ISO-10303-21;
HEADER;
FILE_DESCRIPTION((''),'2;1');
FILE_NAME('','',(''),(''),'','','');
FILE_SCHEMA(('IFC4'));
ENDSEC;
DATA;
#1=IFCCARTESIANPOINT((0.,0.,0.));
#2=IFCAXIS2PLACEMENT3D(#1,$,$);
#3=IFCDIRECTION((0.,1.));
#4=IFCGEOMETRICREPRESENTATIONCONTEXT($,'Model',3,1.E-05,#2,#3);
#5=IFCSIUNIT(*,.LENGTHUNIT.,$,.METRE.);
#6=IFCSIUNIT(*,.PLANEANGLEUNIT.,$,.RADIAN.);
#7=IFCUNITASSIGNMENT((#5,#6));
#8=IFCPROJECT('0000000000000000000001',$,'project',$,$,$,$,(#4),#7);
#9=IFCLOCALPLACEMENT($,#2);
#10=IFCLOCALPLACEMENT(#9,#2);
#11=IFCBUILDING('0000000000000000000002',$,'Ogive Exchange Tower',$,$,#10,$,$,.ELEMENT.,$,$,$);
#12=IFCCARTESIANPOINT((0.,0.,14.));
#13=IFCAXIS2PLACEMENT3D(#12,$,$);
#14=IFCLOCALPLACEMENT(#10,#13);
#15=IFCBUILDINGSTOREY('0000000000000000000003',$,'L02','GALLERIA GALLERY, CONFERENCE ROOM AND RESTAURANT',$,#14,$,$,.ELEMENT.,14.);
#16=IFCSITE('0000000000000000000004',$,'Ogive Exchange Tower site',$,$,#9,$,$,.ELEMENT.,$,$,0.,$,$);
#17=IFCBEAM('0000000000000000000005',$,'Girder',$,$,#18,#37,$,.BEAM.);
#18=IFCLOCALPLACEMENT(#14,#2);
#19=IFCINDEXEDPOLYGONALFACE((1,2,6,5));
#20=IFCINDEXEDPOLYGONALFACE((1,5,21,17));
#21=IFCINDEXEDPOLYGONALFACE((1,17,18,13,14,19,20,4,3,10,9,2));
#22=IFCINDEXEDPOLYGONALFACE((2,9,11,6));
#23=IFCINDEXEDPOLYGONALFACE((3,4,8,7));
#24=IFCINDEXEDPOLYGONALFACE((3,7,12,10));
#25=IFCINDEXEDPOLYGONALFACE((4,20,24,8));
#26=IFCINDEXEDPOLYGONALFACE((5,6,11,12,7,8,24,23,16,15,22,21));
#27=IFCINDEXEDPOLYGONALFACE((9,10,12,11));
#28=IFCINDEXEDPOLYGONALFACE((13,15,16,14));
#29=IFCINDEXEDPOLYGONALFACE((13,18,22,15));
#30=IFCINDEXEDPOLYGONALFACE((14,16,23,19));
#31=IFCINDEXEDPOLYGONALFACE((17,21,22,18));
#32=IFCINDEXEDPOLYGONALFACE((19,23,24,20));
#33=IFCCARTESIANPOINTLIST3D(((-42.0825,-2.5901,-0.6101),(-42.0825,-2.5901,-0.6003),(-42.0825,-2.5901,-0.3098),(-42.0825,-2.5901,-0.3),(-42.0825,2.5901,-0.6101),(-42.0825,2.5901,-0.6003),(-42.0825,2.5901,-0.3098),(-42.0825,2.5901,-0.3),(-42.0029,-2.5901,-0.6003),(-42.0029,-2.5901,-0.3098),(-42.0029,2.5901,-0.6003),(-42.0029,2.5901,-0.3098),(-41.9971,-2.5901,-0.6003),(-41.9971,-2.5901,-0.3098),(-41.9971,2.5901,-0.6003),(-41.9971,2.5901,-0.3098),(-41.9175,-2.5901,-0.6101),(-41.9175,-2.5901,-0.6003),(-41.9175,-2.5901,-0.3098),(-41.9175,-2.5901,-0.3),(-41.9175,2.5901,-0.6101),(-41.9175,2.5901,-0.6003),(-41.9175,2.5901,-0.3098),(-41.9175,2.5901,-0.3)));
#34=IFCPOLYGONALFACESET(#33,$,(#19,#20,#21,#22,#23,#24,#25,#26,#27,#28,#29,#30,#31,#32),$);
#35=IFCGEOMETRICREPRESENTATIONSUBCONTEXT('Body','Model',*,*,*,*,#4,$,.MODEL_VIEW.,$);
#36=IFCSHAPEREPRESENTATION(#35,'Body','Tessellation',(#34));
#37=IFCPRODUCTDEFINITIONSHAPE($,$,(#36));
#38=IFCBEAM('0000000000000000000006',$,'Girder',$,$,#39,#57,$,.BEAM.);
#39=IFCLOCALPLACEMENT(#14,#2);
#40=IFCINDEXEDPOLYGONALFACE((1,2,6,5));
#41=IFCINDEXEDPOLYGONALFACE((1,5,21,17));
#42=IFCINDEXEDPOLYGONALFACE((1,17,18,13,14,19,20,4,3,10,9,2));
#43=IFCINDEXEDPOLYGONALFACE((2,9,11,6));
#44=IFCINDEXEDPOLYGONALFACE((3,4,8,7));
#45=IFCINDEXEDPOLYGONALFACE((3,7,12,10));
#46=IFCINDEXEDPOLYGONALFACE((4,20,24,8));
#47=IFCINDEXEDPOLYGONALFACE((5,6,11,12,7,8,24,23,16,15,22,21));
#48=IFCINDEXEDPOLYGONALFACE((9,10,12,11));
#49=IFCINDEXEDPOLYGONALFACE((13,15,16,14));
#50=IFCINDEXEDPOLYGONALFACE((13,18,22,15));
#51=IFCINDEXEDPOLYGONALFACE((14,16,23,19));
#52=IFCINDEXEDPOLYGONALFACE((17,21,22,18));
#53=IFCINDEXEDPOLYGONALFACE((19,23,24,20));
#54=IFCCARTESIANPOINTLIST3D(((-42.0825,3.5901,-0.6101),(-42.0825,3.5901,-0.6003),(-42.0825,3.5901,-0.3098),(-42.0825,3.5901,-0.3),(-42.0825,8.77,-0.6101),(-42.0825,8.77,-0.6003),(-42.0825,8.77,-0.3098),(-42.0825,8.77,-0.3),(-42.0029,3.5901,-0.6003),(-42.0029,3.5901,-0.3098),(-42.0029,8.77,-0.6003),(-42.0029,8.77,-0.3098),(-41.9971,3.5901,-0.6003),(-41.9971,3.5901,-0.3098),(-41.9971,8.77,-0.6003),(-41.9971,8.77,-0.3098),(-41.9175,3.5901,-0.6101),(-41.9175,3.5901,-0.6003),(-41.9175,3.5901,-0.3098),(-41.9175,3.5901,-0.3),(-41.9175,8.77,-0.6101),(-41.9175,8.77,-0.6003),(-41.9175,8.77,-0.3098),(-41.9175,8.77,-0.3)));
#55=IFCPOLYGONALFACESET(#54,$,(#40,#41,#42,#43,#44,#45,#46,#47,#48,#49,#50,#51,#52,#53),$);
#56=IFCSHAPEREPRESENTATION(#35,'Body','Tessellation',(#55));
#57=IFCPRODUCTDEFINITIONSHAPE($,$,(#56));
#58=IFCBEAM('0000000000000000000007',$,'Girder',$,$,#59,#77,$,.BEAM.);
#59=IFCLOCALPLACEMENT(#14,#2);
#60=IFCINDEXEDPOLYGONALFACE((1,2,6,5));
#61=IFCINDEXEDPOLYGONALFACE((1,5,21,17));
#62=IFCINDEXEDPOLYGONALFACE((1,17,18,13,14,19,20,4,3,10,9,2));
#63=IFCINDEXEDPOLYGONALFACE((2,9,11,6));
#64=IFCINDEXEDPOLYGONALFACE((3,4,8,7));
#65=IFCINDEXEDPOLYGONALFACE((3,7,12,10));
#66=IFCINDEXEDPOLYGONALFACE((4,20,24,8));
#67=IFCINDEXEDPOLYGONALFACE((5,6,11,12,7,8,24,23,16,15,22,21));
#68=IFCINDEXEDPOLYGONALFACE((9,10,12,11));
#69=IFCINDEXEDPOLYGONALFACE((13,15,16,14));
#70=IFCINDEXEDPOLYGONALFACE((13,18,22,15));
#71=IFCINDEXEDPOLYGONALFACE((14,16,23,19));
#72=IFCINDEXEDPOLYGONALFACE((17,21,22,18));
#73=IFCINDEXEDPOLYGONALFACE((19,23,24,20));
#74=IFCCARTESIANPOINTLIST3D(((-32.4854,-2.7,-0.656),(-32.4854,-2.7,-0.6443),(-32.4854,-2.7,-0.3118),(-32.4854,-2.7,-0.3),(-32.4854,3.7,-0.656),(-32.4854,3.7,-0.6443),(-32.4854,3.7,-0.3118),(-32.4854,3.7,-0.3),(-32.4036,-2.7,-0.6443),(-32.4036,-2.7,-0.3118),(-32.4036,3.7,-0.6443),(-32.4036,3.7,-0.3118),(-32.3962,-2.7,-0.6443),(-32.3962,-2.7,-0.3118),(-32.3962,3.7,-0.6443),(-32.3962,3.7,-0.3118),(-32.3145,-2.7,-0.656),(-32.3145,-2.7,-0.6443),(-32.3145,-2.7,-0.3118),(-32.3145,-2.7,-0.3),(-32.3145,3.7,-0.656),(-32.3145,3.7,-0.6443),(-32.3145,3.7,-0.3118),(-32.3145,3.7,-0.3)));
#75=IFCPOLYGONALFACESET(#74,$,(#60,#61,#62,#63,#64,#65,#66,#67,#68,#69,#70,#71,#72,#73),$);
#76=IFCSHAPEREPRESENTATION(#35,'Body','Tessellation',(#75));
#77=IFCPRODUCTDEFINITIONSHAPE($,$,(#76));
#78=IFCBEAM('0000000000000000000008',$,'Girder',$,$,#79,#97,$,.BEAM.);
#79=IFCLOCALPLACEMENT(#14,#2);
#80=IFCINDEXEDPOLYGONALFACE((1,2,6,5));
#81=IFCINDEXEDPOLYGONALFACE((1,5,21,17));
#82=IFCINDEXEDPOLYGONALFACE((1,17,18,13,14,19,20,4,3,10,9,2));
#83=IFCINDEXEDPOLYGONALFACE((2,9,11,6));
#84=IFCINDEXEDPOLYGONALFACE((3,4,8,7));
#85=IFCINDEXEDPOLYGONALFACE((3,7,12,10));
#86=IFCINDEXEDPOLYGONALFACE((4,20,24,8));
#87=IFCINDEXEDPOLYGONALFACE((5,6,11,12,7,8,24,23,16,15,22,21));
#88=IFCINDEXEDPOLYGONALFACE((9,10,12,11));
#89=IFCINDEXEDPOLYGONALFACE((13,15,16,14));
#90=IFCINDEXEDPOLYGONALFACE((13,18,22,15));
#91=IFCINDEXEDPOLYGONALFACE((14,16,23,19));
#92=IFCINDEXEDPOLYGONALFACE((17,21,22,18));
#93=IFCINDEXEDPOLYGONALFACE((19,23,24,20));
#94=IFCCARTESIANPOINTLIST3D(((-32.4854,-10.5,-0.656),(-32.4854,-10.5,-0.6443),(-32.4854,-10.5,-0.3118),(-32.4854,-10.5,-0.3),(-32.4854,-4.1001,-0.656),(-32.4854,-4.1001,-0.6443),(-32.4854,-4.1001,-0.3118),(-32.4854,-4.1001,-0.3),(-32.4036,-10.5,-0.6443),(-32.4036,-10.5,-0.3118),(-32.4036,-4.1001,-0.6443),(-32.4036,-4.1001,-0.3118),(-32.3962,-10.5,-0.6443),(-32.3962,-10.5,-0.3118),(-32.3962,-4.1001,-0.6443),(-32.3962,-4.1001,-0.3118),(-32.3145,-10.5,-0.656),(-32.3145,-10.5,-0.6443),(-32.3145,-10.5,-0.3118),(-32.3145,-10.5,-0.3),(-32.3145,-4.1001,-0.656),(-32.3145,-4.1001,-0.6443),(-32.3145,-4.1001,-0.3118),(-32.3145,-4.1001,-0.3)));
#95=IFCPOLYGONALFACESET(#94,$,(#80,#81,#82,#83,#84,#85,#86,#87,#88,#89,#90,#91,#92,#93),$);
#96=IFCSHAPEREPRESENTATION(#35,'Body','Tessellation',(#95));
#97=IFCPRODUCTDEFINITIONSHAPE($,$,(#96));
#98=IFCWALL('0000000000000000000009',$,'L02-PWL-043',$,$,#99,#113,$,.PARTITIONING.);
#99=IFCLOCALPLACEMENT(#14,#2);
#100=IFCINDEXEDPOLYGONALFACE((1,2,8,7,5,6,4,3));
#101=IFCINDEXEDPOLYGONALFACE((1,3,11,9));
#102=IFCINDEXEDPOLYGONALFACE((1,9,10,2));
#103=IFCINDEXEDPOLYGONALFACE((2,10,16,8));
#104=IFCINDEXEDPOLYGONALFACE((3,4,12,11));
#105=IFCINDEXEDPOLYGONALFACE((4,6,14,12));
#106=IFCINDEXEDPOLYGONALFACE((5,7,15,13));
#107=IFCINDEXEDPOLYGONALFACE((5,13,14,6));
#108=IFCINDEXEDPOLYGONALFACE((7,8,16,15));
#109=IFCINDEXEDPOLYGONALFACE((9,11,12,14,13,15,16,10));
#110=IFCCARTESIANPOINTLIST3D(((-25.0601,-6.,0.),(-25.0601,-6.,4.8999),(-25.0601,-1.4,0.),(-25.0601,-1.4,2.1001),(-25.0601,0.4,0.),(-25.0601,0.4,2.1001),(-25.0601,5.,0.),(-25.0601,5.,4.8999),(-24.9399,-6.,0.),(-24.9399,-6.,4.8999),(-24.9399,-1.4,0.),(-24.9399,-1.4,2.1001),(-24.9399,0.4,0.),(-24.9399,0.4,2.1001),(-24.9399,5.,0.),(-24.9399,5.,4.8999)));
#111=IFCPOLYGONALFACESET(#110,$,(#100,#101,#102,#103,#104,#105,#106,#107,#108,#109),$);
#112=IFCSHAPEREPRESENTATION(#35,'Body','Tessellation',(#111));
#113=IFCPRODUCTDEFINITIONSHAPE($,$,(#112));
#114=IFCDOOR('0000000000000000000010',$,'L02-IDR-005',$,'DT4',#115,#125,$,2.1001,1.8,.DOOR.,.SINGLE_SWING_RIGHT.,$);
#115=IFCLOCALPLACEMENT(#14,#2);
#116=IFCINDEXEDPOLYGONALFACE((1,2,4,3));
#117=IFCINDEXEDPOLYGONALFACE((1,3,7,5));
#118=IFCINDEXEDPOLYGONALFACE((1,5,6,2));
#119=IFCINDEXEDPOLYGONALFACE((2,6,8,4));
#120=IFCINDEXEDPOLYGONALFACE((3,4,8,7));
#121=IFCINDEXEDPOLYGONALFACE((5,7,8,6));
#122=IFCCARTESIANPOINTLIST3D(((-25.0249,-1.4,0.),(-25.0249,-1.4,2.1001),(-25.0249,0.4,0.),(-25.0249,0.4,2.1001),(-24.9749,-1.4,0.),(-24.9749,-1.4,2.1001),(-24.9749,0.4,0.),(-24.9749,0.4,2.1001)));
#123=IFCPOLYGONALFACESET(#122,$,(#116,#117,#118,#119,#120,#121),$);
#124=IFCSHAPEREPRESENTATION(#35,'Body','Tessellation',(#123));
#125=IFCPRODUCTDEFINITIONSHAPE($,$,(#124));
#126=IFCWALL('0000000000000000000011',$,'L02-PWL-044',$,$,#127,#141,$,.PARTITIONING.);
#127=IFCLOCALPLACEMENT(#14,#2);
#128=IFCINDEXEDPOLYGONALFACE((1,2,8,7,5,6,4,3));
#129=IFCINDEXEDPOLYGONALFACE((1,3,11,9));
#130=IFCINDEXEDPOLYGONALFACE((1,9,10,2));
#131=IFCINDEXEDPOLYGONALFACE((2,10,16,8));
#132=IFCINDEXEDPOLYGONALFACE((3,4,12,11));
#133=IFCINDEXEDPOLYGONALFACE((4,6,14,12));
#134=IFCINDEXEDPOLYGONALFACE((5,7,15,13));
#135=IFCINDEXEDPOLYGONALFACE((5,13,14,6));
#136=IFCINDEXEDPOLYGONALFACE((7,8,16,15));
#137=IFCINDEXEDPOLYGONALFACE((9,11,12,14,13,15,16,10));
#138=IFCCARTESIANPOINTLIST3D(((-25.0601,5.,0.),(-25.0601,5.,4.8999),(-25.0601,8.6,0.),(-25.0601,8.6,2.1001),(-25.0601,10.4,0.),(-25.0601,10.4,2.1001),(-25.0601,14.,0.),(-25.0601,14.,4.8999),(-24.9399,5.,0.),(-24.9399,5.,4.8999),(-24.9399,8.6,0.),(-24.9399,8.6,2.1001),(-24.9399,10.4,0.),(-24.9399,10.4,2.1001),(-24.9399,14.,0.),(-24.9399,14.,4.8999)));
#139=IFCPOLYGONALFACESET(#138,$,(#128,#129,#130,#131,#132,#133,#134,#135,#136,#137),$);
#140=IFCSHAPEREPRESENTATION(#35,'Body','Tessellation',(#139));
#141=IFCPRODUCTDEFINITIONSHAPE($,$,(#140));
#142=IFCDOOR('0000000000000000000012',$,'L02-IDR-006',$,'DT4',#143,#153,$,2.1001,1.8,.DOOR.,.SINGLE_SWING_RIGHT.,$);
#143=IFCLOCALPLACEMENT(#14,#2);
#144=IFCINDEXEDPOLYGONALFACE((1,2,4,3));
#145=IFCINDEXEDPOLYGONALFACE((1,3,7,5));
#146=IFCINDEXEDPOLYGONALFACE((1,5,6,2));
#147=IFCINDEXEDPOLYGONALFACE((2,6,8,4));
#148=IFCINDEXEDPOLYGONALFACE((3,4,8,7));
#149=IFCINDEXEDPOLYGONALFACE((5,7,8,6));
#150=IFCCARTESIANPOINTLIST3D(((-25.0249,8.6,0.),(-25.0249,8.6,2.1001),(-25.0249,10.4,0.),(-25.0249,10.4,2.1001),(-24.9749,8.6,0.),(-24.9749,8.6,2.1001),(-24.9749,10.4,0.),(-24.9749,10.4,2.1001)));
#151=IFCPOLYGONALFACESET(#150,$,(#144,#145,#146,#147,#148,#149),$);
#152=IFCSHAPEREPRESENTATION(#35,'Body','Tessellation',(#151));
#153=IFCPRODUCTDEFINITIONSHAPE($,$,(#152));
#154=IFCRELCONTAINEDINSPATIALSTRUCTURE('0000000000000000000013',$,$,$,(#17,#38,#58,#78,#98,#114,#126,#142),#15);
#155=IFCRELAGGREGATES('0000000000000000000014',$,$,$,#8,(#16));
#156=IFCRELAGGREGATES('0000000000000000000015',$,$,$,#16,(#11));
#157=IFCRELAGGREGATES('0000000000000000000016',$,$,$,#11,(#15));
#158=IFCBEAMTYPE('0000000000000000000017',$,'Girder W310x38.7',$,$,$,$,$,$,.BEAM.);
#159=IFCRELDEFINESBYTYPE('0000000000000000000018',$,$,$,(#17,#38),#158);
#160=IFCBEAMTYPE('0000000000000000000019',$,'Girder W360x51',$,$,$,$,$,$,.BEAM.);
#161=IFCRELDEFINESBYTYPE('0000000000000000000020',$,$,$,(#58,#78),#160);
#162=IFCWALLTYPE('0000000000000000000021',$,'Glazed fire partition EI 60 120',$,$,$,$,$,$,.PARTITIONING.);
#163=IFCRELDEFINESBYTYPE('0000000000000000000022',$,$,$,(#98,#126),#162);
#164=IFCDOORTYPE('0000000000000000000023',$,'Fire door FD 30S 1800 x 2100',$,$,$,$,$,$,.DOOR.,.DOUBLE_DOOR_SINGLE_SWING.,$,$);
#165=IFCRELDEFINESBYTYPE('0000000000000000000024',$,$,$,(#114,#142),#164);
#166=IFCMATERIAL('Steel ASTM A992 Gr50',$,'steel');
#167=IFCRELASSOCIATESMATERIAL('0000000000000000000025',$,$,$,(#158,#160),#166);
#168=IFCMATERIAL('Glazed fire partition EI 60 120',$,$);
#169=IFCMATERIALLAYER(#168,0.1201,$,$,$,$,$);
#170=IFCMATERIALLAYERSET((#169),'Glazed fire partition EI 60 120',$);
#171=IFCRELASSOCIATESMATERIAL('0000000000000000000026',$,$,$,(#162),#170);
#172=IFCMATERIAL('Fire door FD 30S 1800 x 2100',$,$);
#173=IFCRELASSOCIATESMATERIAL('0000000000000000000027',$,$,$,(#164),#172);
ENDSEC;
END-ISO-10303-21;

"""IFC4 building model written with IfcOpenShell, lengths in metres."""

from ifc_helpers import new_model, si_unit, direction, frame, frame_2d, origin, origin_2d, place, context, subcontext, project, spatial, rectangle, i_section, extrude, material, layer, layer_set, material_profile, profile_set, type_object, element, fill, save


model = new_model("IFC4")

# Units and contexts
model_context = context("Model", 3, precision=1e-05, world=origin(), true_north=direction((0.0, 1.0)))
body_context = subcontext(model_context, "Body", "Model", "MODEL_VIEW")
ifc_project = project(units=[si_unit("LENGTHUNIT", "METRE"), si_unit("PLANEANGLEUNIT", "RADIAN")], contexts=[model_context])

# Site, building, storey
site_placement = place(None, origin())
site = spatial("IfcSite", under=ifc_project, at=site_placement, Name="Ogive Exchange Tower site", CompositionType="ELEMENT", RefElevation=0.0)
building_placement = place(site_placement, origin())
building = spatial("IfcBuilding", under=site, at=building_placement, Name="Ogive Exchange Tower", CompositionType="ELEMENT")
storey_placement = place(building_placement, frame((0.0, 0.0, 14.0)))
storey = spatial("IfcBuildingStorey", under=building, at=storey_placement, Name="L02", Description="GALLERIA GALLERY, CONFERENCE ROOM AND RESTAURANT", CompositionType="ELEMENT", Elevation=14.0)

# Beams
ifc_material_1 = material(Name="Steel ASTM A992 Gr50", Category="steel")
ifc_material_profile_1 = material_profile(ifc_material_1, i_section(OverallWidth=0.165, OverallDepth=0.3101, WebThickness=0.0059, FlangeThickness=0.0098, at=origin_2d()), Name="W310x38.7")
ifc_profile_set_1 = profile_set([ifc_material_profile_1], Name="Steel ASTM A992 Gr50")
beam_type_1 = type_object("IfcBeamType", Name="Girder W310x38.7", PredefinedType="BEAM", material=ifc_profile_set_1)
beam_1_placement = place(storey_placement, frame((-42.0, -2.5901, -0.4551), z_axis=(0.0, 1.0, 0.0), x_axis=(-1.0, 0.0, 0.0)))
element("IfcBeam", 1, at=beam_1_placement, inside=storey, type_object=beam_type_1, Name="Girder", PredefinedType="BEAM", context=body_context, shape_type="SweptSolid", body=[
    extrude(i_section(OverallWidth=0.165, OverallDepth=0.3101, WebThickness=0.0059, FlangeThickness=0.0098, at=origin_2d()), origin(), (0.0, 0.0, 1.0), 5.1802),
])
beam_2_placement = place(storey_placement, frame((-42.0, 3.5901, -0.4551), z_axis=(0.0, 1.0, 0.0), x_axis=(-1.0, 0.0, 0.0)))
element("IfcBeam", 2, at=beam_2_placement, inside=storey, type_object=beam_type_1, Name="Girder", PredefinedType="BEAM", context=body_context, shape_type="SweptSolid", body=[
    extrude(i_section(OverallWidth=0.165, OverallDepth=0.3101, WebThickness=0.0059, FlangeThickness=0.0098, at=origin_2d()), origin(), (0.0, 0.0, 1.0), 5.1799),
])
ifc_material_profile_2 = material_profile(ifc_material_1, i_section(OverallWidth=0.1709, OverallDepth=0.356, WebThickness=0.0073, FlangeThickness=0.0117, at=origin_2d()), Name="W360x51")
ifc_profile_set_2 = profile_set([ifc_material_profile_2], Name="Steel ASTM A992 Gr50")
beam_type_2 = type_object("IfcBeamType", Name="Girder W360x51", PredefinedType="BEAM", material=ifc_profile_set_2)
for number, where, z_axis, x_axis, name in (
    (3, (-32.3999, 3.7, -0.478), (0.0, -1.0, 0.0), (1.0, 0.0, 0.0), "Girder"),
    (4, (-32.3999, -4.1001, -0.478), (0.0, -1.0, 0.0), (1.0, 0.0, 0.0), "Girder"),
):
    element("IfcBeam", number, at=place(storey_placement, frame(where, z_axis=z_axis, x_axis=x_axis)), inside=storey, type_object=beam_type_2, Name=name, PredefinedType="BEAM", context=body_context, shape_type="SweptSolid", body=[
        extrude(i_section(OverallWidth=0.1709, OverallDepth=0.356, WebThickness=0.0073, FlangeThickness=0.0117, at=origin_2d()), origin(), (0.0, 0.0, 1.0), 6.3999),
    ])

# Walls, openings, doors
ifc_material_2 = material(Name="Glazed fire partition EI 60 120")
ifc_layer_1 = layer(ifc_material_2, 0.1201)
ifc_layer_set_1 = layer_set([ifc_layer_1], Name="Glazed fire partition EI 60 120")
wall_type_1 = type_object("IfcWallType", Name="Glazed fire partition EI 60 120", PredefinedType="PARTITIONING", material=ifc_layer_set_1)
wall_1_placement = place(storey_placement, frame((-25.0, -6.0, 0.0), z_axis=(0.0, 0.0, 1.0), x_axis=(0.0, 1.0, 0.0)))
wall_1 = element("IfcWall", 5, at=wall_1_placement, inside=storey, type_object=wall_type_1, Name="L02-PWL-043", PredefinedType="PARTITIONING", context=body_context, shape_type="SweptSolid", body=[
    extrude(rectangle(XDim=11.0, YDim=0.1201, at=frame_2d((5.5, 0.0))), origin(), (0.0, 0.0, 1.0), 4.8999),
])
opening_1_placement = place(wall_1_placement, frame((4.6001, 0.0, 0.0)))
opening_1 = element("IfcOpeningElement", 6, at=opening_1_placement, cuts=wall_1, PredefinedType="OPENING", context=body_context, shape_type="SweptSolid", body=[
    extrude(rectangle(XDim=1.8, YDim=2.1001, at=frame_2d((0.8999, 1.05))), frame((0.0, 0.0701, 0.0), z_axis=(0.0, -1.0, 0.0), x_axis=(1.0, 0.0, 0.0)), (0.0, 0.0, 1.0), 0.1401),
])
ifc_material_3 = material(Name="Fire door FD 30S 1800 x 2100")
door_type = type_object("IfcDoorType", Name="Fire door FD 30S 1800 x 2100", OperationType="DOUBLE_DOOR_SINGLE_SWING", PredefinedType="DOOR", material=ifc_material_3)
door_1_placement = place(opening_1_placement, origin())
door_1 = element("IfcDoor", 7, at=door_1_placement, inside=storey, type_object=door_type, Name="L02-IDR-005", ObjectType="DT4", OperationType="SINGLE_SWING_RIGHT", OverallHeight=2.1001, OverallWidth=1.8, PredefinedType="DOOR", context=body_context, shape_type="SweptSolid", body=[
    extrude(rectangle(XDim=1.8, YDim=2.1001, at=frame_2d((0.8999, 1.05))), frame((0.0, 0.0249, 0.0), z_axis=(0.0, -1.0, 0.0), x_axis=(1.0, 0.0, 0.0)), (0.0, 0.0, 1.0), 0.05),
])
fill(opening_1, door_1)
wall_2_placement = place(storey_placement, frame((-25.0, 5.0, 0.0), z_axis=(0.0, 0.0, 1.0), x_axis=(0.0, 1.0, 0.0)))
wall_2 = element("IfcWall", 8, at=wall_2_placement, inside=storey, type_object=wall_type_1, Name="L02-PWL-044", PredefinedType="PARTITIONING", context=body_context, shape_type="SweptSolid", body=[
    extrude(rectangle(XDim=9.0, YDim=0.1201, at=frame_2d((4.5, 0.0))), origin(), (0.0, 0.0, 1.0), 4.8999),
])
opening_2_placement = place(wall_2_placement, frame((3.6001, 0.0, 0.0)))
opening_2 = element("IfcOpeningElement", 9, at=opening_2_placement, cuts=wall_2, PredefinedType="OPENING", context=body_context, shape_type="SweptSolid", body=[
    extrude(rectangle(XDim=1.8, YDim=2.1001, at=frame_2d((0.8999, 1.05))), frame((0.0, 0.0701, 0.0), z_axis=(0.0, -1.0, 0.0), x_axis=(1.0, 0.0, 0.0)), (0.0, 0.0, 1.0), 0.1401),
])
door_2_placement = place(opening_2_placement, origin())
door_2 = element("IfcDoor", 10, at=door_2_placement, inside=storey, type_object=door_type, Name="L02-IDR-006", ObjectType="DT4", OperationType="SINGLE_SWING_RIGHT", OverallHeight=2.1001, OverallWidth=1.8, PredefinedType="DOOR", context=body_context, shape_type="SweptSolid", body=[
    extrude(rectangle(XDim=1.8, YDim=2.1001, at=frame_2d((0.8999, 1.05))), frame((0.0, 0.0249, 0.0), z_axis=(0.0, -1.0, 0.0), x_axis=(1.0, 0.0, 0.0)), (0.0, 0.0, 1.0), 0.05),
])
fill(opening_2, door_2)

save(model, "model.ifc")
